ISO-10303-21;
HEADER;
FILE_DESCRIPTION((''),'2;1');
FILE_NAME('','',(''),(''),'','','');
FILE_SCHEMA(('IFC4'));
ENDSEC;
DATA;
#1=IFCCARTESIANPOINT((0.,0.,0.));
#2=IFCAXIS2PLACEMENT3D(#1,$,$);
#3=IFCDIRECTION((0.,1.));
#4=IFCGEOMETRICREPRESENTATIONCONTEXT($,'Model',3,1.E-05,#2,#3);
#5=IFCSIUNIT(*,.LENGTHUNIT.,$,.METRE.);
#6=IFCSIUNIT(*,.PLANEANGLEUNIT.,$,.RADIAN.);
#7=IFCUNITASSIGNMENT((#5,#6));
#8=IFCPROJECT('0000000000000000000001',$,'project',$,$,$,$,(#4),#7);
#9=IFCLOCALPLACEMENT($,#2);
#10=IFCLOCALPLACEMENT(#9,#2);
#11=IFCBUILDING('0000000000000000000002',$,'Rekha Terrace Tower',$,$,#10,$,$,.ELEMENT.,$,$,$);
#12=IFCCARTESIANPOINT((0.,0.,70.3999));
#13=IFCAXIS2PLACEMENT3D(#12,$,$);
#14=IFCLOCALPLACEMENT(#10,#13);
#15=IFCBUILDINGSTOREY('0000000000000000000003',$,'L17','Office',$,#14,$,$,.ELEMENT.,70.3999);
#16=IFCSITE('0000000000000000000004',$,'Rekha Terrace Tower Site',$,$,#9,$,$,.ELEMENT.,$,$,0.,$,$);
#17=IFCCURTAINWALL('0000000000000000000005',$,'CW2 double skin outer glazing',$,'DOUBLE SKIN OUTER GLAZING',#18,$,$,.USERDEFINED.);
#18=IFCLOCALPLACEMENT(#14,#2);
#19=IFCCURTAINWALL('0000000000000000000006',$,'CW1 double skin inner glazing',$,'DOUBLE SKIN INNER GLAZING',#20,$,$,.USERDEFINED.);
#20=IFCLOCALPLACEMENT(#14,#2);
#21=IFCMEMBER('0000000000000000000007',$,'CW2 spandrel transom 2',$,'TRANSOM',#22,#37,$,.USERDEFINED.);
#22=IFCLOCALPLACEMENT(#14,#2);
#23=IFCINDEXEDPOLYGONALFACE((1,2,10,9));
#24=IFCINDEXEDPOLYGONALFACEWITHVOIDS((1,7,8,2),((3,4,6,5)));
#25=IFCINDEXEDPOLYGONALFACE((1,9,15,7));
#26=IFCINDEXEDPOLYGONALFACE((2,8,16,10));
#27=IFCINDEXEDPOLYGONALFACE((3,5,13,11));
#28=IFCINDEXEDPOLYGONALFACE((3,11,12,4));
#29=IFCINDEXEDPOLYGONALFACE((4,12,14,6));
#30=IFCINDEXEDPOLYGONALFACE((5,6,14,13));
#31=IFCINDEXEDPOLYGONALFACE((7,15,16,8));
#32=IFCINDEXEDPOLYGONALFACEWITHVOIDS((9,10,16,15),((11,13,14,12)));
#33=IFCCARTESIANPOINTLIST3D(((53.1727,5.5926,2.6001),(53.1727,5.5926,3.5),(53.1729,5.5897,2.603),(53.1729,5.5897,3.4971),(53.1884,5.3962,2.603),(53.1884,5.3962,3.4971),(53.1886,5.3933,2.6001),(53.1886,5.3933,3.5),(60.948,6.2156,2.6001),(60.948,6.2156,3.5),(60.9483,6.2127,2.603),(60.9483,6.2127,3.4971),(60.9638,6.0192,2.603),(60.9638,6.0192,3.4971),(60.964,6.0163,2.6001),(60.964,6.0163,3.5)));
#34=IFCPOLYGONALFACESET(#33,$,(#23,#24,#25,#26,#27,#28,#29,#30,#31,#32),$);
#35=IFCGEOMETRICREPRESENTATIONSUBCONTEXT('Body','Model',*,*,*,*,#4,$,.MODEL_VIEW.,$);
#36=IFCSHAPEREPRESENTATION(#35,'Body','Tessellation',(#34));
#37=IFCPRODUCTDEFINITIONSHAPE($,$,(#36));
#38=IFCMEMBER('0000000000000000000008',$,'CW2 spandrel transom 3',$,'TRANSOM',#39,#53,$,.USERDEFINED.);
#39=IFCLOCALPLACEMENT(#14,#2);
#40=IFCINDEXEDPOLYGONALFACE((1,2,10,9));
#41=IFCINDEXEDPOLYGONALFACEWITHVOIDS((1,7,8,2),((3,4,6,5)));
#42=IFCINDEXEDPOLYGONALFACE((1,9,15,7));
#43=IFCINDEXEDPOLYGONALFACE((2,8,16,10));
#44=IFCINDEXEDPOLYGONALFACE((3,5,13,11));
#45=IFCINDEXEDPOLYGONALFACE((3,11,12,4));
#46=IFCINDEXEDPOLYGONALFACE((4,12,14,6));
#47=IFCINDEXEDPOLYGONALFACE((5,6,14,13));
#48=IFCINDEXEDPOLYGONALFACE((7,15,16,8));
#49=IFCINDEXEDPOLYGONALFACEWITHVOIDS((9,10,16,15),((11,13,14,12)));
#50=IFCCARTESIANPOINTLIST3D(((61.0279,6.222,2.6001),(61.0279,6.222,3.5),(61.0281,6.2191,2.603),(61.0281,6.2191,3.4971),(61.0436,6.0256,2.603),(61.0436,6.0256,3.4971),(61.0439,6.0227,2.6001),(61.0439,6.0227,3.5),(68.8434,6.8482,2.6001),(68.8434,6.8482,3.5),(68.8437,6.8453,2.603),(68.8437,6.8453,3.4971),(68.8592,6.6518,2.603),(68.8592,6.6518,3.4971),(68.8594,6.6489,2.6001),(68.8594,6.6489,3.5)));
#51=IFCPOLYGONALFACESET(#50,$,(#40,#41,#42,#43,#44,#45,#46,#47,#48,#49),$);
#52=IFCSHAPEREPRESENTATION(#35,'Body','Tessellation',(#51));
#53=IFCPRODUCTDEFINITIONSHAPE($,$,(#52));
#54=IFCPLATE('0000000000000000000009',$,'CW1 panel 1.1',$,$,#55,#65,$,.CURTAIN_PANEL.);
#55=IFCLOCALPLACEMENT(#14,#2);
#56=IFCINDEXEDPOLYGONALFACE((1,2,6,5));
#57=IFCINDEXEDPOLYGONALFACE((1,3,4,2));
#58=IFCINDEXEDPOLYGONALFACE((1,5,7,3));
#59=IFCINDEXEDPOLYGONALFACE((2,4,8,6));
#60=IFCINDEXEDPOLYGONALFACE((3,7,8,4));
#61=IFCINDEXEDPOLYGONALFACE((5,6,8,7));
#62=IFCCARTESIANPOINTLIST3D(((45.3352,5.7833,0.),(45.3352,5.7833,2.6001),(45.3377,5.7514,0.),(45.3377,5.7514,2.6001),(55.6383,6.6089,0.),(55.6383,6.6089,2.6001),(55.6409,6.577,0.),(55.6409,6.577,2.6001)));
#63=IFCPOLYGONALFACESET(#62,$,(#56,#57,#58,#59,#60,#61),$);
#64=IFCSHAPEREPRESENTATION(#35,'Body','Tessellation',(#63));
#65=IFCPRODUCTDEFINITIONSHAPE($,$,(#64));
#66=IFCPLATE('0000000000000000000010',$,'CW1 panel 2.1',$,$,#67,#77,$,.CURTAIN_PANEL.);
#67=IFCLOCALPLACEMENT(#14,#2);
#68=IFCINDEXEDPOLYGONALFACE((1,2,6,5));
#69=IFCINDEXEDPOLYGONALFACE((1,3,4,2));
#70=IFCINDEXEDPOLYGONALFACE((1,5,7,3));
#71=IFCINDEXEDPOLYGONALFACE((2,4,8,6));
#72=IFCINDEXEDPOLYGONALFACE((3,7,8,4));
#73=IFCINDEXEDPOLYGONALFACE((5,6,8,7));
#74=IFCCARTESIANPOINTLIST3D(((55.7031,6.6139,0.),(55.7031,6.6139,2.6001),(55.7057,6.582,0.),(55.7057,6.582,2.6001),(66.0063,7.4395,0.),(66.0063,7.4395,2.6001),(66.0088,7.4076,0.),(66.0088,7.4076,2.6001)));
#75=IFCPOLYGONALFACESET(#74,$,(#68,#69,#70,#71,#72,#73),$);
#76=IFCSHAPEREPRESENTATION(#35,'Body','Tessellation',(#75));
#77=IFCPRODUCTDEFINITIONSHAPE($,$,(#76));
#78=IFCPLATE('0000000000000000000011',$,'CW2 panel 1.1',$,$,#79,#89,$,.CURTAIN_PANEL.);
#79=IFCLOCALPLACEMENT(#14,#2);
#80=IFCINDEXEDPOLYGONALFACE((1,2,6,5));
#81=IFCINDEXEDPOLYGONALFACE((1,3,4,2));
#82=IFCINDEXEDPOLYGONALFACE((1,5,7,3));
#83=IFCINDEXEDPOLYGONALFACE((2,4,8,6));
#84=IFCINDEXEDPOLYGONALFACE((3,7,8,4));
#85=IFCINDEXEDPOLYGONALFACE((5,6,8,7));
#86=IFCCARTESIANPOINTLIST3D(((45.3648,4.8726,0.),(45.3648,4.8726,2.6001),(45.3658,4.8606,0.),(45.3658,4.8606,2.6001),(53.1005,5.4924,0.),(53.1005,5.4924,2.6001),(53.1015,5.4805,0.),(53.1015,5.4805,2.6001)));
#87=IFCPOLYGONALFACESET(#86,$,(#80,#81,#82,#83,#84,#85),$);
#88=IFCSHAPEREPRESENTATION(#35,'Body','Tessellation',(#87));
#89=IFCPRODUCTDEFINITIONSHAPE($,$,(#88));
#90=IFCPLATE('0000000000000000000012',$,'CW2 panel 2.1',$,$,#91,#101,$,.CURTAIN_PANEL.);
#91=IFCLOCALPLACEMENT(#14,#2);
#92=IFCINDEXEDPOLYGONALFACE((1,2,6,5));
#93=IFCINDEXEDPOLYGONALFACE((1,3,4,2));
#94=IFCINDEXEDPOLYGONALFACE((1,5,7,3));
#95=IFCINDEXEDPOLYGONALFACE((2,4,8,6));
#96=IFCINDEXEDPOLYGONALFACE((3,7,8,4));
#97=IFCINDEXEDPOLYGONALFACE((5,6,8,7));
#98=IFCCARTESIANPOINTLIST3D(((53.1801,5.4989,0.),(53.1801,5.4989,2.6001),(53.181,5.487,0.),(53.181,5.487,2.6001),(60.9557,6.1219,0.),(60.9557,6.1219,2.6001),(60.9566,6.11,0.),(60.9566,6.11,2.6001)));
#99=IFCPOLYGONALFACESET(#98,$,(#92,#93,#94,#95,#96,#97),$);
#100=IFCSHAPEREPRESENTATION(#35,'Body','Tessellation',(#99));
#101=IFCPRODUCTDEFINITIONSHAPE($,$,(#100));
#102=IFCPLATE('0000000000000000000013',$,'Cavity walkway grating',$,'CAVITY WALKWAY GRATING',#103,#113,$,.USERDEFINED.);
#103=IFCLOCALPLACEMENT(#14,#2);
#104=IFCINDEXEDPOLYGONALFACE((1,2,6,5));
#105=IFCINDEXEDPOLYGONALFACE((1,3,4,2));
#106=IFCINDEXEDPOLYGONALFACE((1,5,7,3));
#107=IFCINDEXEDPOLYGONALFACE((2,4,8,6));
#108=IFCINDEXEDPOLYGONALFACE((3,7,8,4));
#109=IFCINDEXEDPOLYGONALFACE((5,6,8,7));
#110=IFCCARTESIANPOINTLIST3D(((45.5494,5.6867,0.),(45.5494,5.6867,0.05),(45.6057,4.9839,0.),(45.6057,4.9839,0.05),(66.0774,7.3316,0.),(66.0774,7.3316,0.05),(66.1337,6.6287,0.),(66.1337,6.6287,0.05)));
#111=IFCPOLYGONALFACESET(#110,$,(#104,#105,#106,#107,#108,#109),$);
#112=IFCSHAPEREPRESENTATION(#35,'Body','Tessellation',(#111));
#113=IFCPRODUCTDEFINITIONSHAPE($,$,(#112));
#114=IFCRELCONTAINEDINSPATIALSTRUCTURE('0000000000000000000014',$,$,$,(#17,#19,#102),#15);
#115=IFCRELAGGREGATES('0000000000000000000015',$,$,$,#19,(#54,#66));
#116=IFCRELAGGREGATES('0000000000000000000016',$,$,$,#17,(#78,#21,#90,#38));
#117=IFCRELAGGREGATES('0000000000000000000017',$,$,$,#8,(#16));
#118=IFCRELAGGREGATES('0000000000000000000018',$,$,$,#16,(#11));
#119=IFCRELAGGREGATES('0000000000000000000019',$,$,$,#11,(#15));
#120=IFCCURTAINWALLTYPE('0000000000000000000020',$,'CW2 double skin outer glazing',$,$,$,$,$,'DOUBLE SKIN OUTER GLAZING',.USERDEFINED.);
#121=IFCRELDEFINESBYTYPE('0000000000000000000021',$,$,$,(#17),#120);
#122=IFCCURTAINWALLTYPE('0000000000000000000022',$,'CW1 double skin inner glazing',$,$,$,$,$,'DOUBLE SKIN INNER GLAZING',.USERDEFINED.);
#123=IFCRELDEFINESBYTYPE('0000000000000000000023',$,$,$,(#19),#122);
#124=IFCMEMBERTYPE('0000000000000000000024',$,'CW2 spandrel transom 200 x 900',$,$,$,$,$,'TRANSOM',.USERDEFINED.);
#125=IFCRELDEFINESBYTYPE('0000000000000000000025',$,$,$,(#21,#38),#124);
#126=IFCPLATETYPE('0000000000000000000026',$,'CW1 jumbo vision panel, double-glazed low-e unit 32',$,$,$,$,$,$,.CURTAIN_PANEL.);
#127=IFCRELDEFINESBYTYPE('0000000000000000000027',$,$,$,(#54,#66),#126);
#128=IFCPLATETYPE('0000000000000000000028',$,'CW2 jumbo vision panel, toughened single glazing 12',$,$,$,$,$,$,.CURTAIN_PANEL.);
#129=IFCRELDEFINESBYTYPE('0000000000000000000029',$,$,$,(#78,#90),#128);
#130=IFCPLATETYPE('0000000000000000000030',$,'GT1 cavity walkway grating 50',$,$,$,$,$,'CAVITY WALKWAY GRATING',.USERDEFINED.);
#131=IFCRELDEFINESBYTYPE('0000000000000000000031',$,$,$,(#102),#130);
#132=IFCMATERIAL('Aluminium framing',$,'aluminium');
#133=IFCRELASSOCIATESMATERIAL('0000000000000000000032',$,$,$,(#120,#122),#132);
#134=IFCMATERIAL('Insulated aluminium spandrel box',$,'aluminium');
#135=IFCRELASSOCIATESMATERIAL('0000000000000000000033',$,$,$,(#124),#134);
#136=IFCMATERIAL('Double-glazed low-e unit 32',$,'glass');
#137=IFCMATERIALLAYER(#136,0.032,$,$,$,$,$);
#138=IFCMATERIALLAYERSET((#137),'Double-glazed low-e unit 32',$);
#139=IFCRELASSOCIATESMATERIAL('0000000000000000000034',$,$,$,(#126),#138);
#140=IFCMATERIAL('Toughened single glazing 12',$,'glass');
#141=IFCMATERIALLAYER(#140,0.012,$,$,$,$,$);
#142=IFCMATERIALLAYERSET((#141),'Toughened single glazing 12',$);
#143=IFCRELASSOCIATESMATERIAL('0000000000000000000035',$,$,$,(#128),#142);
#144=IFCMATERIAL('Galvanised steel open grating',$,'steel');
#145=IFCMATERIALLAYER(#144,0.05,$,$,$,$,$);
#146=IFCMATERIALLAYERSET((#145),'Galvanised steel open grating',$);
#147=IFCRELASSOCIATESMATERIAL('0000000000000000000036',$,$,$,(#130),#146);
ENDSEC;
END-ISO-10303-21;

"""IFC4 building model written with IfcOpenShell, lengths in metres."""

from ifc_helpers import new_model, si_unit, direction, frame, origin, origin_2d, place, context, subcontext, project, spatial, rectangle, hollow_rectangle, extrude, material, layer, layer_set, material_profile, profile_set, type_object, element, aggregate, save


model = new_model("IFC4")

# Units and contexts
model_context = context("Model", 3, precision=1e-05, world=origin(), true_north=direction((0.0, 1.0)))
body_context = subcontext(model_context, "Body", "Model", "MODEL_VIEW")
ifc_project = project(units=[si_unit("LENGTHUNIT", "METRE"), si_unit("PLANEANGLEUNIT", "RADIAN")], contexts=[model_context])

# Site, building, storey
site_placement = place(None, origin())
site = spatial("IfcSite", under=ifc_project, at=site_placement, Name="Rekha Terrace Tower Site", CompositionType="ELEMENT", RefElevation=0.0)
building_placement = place(site_placement, origin())
building = spatial("IfcBuilding", under=site, at=building_placement, Name="Rekha Terrace Tower", CompositionType="ELEMENT")
storey_placement = place(building_placement, frame((0.0, 0.0, 70.3999)))
storey = spatial("IfcBuildingStorey", under=building, at=storey_placement, Name="L17", Description="Office", CompositionType="ELEMENT", Elevation=70.3999)

# Curtain walls
ifc_material_1 = material(Name="Aluminium framing", Category="aluminium")
curtain_wall_type_1 = type_object("IfcCurtainWallType", Name="CW2 double skin outer glazing", ElementType="DOUBLE SKIN OUTER GLAZING", PredefinedType="USERDEFINED", material=ifc_material_1)
curtain_wall_1_placement = place(storey_placement, origin())
curtain_wall_1 = element("IfcCurtainWall", 1, at=curtain_wall_1_placement, inside=storey, type_object=curtain_wall_type_1, Name="CW2 double skin outer glazing", ObjectType="DOUBLE SKIN OUTER GLAZING", PredefinedType="USERDEFINED")
curtain_wall_type_2 = type_object("IfcCurtainWallType", Name="CW1 double skin inner glazing", ElementType="DOUBLE SKIN INNER GLAZING", PredefinedType="USERDEFINED", material=ifc_material_1)
curtain_wall_2_placement = place(storey_placement, origin())
curtain_wall_2 = element("IfcCurtainWall", 2, at=curtain_wall_2_placement, inside=storey, type_object=curtain_wall_type_2, Name="CW1 double skin inner glazing", ObjectType="DOUBLE SKIN INNER GLAZING", PredefinedType="USERDEFINED")
ifc_material_2 = material(Name="Insulated aluminium spandrel box", Category="aluminium")

# Members
ifc_material_profile_1 = material_profile(ifc_material_2, hollow_rectangle(XDim=0.2, YDim=0.8999, WallThickness=0.0029, at=origin_2d()), Name="AL SPANDREL BOX 200x900")
ifc_profile_set_1 = profile_set([ifc_material_profile_1], Name="Insulated aluminium spandrel box")
member_type_1 = type_object("IfcMemberType", Name="CW2 spandrel transom 200 x 900", ElementType="TRANSOM", PredefinedType="USERDEFINED", material=ifc_profile_set_1)
member_1_placement = place(storey_placement, frame((53.1807, 5.4929, 3.05), z_axis=(0.996805, 0.079875, 0.0), x_axis=(-0.079875, 0.996805, 0.0)))
member_1 = element("IfcMember", 3, at=member_1_placement, type_object=member_type_1, Name="CW2 spandrel transom 2", ObjectType="TRANSOM", PredefinedType="USERDEFINED", context=body_context, shape_type="SweptSolid", body=[
    extrude(hollow_rectangle(XDim=0.2, YDim=0.8999, WallThickness=0.0029, at=origin_2d()), origin(), (0.0, 0.0, 1.0), 7.8003),
])
member_2_placement = place(storey_placement, frame((61.0359, 6.1223, 3.05), z_axis=(0.996805, 0.07987, 0.0), x_axis=(-0.07987, 0.996805, 0.0)))
member_2 = element("IfcMember", 4, at=member_2_placement, type_object=member_type_1, Name="CW2 spandrel transom 3", ObjectType="TRANSOM", PredefinedType="USERDEFINED", context=body_context, shape_type="SweptSolid", body=[
    extrude(hollow_rectangle(XDim=0.2, YDim=0.8999, WallThickness=0.0029, at=origin_2d()), origin(), (0.0, 0.0, 1.0), 7.8406),
])

# Plates
ifc_material_3 = material(Name="Double-glazed low-e unit 32", Category="glass")
ifc_layer_1 = layer(ifc_material_3, 0.032)
ifc_layer_set_1 = layer_set([ifc_layer_1], Name="Double-glazed low-e unit 32")
plate_type_1 = type_object("IfcPlateType", Name="CW1 jumbo vision panel, double-glazed low-e unit 32", PredefinedType="CURTAIN_PANEL", material=ifc_layer_set_1)
plate_1_placement = place(storey_placement, frame((50.488, 6.1802, 0.0), z_axis=(0.0, 0.0, 1.0), x_axis=(0.996805, 0.079872, 0.0)))
plate_1 = element("IfcPlate", 5, at=plate_1_placement, type_object=plate_type_1, Name="CW1 panel 1.1", PredefinedType="CURTAIN_PANEL", context=body_context, shape_type="SweptSolid", body=[
    extrude(rectangle(XDim=10.3362, YDim=0.032, at=origin_2d()), origin(), (0.0, 0.0, 1.0), 2.6001),
])
plate_2_placement = place(storey_placement, frame((60.856, 7.0107, 0.0), z_axis=(0.0, 0.0, 1.0), x_axis=(0.996805, 0.079872, 0.0)))
plate_2 = element("IfcPlate", 6, at=plate_2_placement, type_object=plate_type_1, Name="CW1 panel 2.1", PredefinedType="CURTAIN_PANEL", context=body_context, shape_type="SweptSolid", body=[
    extrude(rectangle(XDim=10.3362, YDim=0.032, at=origin_2d()), origin(), (0.0, 0.0, 1.0), 2.6001),
])
aggregate(curtain_wall_2, [plate_1, plate_2])
ifc_material_4 = material(Name="Toughened single glazing 12", Category="glass")
ifc_layer_2 = layer(ifc_material_4, 0.012)
ifc_layer_set_2 = layer_set([ifc_layer_2], Name="Toughened single glazing 12")
plate_type_2 = type_object("IfcPlateType", Name="CW2 jumbo vision panel, toughened single glazing 12", PredefinedType="CURTAIN_PANEL", material=ifc_layer_set_2)
plate_3_placement = place(storey_placement, frame((49.2332, 5.1765, 0.0), z_axis=(0.0, 0.0, 1.0), x_axis=(0.996805, 0.079872, 0.0)))
plate_3 = element("IfcPlate", 7, at=plate_3_placement, type_object=plate_type_2, Name="CW2 panel 1.1", PredefinedType="CURTAIN_PANEL", context=body_context, shape_type="SweptSolid", body=[
    extrude(rectangle(XDim=7.7605, YDim=0.012, at=origin_2d()), origin(), (0.0, 0.0, 1.0), 2.6001),
])
plate_4_placement = place(storey_placement, frame((57.0684, 5.8044, 0.0), z_axis=(0.0, 0.0, 1.0), x_axis=(0.996805, 0.079872, 0.0)))
plate_4 = element("IfcPlate", 8, at=plate_4_placement, type_object=plate_type_2, Name="CW2 panel 2.1", PredefinedType="CURTAIN_PANEL", context=body_context, shape_type="SweptSolid", body=[
    extrude(rectangle(XDim=7.8005, YDim=0.012, at=origin_2d()), origin(), (0.0, 0.0, 1.0), 2.6001),
])
aggregate(curtain_wall_1, [plate_3, member_1, plate_4, member_2])
ifc_material_5 = material(Name="Galvanised steel open grating", Category="steel")
ifc_layer_3 = layer(ifc_material_5, 0.05)
ifc_layer_set_3 = layer_set([ifc_layer_3], Name="Galvanised steel open grating")
plate_type_3 = type_object("IfcPlateType", Name="GT1 cavity walkway grating 50", ElementType="CAVITY WALKWAY GRATING", PredefinedType="USERDEFINED", material=ifc_layer_set_3)
plate_5_placement = place(storey_placement, frame((55.8416, 6.1577, 0.0), z_axis=(0.0, 0.0, 1.0), x_axis=(0.996805, 0.079872, 0.0)))
element("IfcPlate", 9, at=plate_5_placement, inside=storey, type_object=plate_type_3, Name="Cavity walkway grating", ObjectType="CAVITY WALKWAY GRATING", PredefinedType="USERDEFINED", context=body_context, shape_type="SweptSolid", body=[
    extrude(rectangle(XDim=20.5938, YDim=0.7051, at=origin_2d()), origin(), (0.0, 0.0, 1.0), 0.05),
])

save(model, "model.ifc")
